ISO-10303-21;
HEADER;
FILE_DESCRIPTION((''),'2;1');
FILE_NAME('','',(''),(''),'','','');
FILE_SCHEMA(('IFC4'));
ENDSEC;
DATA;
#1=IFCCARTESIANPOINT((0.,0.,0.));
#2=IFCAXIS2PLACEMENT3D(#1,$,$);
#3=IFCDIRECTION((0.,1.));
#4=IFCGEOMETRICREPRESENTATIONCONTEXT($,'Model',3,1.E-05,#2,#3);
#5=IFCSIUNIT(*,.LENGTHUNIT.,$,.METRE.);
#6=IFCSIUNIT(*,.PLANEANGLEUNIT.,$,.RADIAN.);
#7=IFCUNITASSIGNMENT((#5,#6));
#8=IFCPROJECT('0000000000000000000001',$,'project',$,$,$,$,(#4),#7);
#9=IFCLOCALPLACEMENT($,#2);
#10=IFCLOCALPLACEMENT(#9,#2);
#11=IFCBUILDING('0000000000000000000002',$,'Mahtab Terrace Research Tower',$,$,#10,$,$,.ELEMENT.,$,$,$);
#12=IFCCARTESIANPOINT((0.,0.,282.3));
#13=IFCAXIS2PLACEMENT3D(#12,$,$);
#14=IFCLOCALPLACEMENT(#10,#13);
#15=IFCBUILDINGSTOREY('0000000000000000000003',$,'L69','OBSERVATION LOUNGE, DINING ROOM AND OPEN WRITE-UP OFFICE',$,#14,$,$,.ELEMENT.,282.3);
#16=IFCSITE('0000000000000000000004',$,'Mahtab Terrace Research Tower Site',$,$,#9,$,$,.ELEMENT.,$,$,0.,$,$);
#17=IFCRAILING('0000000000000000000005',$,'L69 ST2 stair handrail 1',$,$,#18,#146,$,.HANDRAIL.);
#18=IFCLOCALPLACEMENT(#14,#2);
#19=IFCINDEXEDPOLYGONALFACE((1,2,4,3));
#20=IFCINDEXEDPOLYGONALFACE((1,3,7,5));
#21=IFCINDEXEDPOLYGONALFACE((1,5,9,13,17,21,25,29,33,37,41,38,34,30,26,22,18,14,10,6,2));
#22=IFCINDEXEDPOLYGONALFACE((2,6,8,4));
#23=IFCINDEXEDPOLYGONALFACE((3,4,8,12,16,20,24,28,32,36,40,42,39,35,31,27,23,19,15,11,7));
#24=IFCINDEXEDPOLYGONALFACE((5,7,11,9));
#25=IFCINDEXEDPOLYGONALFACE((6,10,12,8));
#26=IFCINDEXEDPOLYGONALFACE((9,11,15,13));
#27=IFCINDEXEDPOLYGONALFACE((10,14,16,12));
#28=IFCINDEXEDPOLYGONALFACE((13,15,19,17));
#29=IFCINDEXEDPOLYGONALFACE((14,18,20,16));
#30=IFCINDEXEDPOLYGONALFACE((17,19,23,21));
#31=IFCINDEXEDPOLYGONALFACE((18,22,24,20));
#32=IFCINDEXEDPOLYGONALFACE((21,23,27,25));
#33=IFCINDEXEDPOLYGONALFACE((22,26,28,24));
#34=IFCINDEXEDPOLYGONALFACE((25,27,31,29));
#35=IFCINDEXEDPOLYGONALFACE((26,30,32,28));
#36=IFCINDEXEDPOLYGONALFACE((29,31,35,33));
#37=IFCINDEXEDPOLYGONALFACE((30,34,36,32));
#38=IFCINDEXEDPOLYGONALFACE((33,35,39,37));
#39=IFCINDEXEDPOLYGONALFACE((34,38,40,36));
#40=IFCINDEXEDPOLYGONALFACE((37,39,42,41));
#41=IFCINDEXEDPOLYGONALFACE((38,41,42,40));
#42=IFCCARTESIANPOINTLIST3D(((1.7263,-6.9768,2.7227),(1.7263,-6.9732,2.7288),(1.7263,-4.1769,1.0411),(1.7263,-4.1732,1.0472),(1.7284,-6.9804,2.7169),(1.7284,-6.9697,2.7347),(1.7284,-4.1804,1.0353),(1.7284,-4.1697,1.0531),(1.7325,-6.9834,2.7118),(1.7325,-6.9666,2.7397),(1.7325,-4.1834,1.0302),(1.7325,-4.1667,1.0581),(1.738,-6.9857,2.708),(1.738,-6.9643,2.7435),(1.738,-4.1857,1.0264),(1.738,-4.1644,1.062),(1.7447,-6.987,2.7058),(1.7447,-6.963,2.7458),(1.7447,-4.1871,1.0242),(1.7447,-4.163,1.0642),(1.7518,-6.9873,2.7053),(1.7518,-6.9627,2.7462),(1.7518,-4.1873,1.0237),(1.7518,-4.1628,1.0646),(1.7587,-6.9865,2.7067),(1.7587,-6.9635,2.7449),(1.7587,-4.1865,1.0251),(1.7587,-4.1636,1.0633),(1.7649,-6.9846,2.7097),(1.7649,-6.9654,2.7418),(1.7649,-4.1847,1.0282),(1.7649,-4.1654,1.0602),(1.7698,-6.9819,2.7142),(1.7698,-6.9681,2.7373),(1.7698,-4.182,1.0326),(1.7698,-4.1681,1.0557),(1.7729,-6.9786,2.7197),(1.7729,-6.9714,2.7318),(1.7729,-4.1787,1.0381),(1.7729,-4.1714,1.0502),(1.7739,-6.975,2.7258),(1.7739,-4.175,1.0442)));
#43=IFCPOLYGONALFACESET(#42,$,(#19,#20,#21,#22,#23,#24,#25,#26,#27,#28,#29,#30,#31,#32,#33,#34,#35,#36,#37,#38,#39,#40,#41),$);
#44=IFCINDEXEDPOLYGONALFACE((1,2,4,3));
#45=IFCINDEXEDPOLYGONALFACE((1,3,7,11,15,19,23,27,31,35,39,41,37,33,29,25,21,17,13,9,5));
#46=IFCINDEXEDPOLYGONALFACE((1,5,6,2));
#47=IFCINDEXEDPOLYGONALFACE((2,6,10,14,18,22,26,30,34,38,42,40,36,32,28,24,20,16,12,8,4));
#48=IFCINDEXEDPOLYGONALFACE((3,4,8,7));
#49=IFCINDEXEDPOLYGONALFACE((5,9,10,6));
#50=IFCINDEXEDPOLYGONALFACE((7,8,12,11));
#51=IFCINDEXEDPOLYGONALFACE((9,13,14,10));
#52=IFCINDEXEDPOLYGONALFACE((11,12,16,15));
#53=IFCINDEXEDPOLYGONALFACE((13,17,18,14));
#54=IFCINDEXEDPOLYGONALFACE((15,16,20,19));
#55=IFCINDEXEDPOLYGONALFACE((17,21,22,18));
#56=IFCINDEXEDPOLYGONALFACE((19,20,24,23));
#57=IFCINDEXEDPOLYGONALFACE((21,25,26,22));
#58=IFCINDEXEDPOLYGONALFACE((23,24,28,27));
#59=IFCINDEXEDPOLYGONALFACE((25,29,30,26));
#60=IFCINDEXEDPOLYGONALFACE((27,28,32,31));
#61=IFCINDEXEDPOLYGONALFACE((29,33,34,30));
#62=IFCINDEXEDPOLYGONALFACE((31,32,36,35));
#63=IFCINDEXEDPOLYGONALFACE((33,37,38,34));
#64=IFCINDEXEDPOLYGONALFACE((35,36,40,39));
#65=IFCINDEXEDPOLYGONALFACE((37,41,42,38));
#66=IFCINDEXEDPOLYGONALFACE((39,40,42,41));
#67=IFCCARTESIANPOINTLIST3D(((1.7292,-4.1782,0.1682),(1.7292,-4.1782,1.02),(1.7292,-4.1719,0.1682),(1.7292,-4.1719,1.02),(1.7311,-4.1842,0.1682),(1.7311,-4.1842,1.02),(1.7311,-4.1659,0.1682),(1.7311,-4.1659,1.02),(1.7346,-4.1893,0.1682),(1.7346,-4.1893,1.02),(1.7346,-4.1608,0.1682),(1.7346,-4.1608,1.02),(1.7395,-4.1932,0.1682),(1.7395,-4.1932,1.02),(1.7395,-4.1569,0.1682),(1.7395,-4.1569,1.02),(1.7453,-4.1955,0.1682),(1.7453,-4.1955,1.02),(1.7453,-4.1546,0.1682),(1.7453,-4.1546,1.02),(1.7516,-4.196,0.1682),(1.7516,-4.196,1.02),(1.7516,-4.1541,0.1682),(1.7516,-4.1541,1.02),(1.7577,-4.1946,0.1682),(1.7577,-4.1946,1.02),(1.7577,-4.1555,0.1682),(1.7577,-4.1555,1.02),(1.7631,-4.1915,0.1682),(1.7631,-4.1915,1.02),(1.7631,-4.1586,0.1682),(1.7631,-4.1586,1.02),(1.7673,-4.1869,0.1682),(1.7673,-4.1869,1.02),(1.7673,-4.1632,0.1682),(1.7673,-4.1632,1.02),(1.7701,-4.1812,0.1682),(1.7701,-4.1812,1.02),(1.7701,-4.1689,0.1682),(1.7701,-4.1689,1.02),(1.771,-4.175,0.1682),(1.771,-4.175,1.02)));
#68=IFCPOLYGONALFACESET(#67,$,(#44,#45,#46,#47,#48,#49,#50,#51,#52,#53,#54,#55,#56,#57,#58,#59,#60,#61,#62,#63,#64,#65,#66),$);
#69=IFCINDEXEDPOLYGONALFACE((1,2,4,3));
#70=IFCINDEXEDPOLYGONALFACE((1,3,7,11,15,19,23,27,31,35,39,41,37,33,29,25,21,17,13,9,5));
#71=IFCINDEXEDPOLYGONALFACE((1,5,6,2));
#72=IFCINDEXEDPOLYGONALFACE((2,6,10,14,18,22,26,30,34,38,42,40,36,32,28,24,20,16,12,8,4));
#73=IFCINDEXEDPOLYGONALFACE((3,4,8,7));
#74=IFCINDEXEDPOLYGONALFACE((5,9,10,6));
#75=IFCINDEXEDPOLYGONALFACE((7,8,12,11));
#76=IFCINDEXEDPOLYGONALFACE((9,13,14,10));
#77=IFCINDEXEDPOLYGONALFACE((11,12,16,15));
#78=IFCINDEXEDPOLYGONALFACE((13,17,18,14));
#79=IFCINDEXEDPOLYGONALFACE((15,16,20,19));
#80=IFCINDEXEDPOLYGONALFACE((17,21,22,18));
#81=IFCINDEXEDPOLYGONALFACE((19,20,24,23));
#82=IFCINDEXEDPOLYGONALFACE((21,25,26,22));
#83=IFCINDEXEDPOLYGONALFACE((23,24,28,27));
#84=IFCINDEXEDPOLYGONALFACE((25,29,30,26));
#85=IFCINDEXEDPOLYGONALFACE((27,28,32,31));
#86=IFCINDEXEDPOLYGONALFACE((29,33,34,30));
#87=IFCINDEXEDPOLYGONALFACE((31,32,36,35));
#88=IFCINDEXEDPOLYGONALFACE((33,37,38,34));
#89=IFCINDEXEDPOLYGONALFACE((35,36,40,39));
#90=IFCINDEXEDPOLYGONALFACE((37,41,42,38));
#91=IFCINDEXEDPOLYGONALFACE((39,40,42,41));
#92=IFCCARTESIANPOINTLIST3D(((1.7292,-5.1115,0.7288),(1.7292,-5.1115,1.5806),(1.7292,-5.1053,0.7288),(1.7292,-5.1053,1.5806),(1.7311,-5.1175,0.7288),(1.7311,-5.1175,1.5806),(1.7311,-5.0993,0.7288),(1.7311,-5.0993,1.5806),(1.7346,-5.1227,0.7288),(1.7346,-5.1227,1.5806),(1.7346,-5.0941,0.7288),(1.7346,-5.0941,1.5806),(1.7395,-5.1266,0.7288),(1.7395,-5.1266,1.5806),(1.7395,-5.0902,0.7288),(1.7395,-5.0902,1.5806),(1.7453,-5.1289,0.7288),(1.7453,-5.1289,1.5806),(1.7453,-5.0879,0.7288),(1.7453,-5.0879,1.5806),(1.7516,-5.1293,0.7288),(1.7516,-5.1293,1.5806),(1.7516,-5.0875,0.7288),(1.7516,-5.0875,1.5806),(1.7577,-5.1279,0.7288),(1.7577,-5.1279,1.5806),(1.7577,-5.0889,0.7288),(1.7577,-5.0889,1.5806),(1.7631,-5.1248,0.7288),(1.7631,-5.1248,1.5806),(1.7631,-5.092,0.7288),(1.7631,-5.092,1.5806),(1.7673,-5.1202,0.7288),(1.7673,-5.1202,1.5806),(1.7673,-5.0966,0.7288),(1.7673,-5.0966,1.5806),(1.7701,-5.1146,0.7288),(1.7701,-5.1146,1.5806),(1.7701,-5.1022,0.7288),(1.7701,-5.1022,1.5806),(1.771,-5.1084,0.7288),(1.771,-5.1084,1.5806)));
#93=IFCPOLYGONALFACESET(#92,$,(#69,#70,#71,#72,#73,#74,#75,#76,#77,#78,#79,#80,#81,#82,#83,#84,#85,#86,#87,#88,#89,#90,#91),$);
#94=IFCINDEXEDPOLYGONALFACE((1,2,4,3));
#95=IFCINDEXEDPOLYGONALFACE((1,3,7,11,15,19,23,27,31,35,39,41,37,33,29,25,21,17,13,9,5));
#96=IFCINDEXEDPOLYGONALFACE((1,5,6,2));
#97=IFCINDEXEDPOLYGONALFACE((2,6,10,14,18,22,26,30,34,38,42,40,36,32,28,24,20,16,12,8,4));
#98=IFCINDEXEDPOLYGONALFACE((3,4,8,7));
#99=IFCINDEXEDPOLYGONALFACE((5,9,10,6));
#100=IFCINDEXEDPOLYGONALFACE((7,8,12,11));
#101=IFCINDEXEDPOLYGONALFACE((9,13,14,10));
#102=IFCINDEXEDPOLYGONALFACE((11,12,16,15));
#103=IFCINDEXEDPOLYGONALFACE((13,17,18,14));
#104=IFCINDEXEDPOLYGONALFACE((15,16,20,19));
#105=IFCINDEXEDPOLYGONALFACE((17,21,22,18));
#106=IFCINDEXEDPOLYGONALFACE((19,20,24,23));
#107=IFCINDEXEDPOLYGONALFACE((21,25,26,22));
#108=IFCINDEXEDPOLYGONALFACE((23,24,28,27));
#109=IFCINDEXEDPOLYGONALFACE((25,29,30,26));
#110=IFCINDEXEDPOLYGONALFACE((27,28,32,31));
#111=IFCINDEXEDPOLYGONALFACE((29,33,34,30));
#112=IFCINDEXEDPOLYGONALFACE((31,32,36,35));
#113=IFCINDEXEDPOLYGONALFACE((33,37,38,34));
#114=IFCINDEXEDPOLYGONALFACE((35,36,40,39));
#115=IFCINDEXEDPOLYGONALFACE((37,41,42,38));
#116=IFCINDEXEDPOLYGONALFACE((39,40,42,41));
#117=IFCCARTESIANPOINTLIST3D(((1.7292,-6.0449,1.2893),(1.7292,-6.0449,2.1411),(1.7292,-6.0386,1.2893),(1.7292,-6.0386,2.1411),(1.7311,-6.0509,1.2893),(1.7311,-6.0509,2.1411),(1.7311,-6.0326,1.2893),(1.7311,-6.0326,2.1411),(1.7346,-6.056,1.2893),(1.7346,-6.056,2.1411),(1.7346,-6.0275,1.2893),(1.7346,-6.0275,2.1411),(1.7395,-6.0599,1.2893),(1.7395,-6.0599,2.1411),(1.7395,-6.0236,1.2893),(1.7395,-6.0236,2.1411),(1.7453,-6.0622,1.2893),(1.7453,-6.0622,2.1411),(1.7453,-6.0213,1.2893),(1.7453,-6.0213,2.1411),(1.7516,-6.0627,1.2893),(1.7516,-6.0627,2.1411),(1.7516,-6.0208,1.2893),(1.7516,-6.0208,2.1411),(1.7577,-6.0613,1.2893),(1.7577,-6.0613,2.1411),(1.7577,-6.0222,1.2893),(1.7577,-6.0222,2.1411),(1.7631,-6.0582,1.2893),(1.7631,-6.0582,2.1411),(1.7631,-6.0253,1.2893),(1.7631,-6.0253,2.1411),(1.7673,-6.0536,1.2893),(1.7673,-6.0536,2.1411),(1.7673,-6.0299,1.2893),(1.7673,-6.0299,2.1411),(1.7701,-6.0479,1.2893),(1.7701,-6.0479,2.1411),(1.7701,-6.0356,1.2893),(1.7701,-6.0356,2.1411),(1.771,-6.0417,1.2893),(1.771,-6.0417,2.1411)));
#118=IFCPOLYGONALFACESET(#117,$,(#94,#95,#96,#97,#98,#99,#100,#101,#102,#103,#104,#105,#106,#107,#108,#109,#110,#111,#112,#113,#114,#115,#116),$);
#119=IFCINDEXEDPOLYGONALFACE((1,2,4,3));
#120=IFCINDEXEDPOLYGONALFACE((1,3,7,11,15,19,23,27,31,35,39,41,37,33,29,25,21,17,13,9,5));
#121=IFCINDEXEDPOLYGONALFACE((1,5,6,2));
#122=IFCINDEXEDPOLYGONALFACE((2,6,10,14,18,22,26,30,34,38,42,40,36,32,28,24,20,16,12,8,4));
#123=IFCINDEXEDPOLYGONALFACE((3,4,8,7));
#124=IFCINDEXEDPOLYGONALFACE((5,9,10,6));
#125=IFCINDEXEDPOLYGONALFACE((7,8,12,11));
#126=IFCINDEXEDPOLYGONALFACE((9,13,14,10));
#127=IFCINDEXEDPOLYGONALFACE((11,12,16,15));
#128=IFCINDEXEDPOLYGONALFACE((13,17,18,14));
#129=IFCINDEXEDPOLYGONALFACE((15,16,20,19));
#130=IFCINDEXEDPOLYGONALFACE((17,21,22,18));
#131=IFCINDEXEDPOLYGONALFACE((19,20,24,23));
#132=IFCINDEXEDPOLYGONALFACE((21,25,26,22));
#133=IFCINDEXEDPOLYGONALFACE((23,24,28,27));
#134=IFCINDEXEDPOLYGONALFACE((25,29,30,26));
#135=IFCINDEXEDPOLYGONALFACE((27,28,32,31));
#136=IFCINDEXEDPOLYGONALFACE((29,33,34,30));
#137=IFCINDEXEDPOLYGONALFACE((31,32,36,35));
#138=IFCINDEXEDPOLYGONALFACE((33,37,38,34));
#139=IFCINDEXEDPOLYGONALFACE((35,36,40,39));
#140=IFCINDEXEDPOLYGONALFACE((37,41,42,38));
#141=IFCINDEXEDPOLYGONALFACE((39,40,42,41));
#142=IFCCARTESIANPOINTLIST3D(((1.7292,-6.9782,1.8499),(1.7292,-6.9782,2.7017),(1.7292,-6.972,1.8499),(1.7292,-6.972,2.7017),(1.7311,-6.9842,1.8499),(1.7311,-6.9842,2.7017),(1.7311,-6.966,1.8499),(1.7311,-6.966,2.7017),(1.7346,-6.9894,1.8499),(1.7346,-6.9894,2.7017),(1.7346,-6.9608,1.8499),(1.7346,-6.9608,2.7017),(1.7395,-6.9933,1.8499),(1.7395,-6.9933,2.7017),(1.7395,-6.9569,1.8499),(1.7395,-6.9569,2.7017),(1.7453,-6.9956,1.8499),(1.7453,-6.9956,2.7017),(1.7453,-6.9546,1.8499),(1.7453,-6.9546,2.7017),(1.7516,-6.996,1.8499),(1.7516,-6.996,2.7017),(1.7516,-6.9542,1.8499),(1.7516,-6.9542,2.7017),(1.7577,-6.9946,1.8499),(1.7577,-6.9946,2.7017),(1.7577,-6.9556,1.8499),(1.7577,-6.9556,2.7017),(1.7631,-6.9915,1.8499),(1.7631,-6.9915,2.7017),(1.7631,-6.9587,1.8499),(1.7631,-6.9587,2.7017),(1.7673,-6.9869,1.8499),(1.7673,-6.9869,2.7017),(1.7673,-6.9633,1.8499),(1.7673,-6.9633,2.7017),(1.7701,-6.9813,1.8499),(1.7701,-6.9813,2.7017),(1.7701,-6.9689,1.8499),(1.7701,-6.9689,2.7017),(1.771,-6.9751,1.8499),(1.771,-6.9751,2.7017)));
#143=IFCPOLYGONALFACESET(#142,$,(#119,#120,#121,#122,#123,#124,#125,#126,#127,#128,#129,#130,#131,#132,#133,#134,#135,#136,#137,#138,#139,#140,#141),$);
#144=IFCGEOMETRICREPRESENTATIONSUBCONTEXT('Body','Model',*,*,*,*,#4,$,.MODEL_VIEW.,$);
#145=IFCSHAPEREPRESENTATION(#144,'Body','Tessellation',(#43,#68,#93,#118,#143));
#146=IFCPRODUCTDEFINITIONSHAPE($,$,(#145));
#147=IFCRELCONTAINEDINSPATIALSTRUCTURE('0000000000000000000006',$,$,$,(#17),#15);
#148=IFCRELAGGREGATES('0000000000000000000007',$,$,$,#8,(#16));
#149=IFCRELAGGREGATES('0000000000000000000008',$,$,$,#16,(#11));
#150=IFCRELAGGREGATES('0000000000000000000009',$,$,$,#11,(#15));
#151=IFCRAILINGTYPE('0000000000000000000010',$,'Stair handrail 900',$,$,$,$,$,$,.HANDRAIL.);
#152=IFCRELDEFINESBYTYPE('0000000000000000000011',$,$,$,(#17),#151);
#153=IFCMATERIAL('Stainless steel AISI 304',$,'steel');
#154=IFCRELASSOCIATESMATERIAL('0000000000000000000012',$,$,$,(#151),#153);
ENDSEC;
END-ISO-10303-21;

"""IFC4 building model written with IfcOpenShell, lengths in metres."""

from ifc_helpers import new_model, si_unit, direction, frame, origin, origin_2d, place, context, subcontext, project, spatial, circle, extrude, material, type_object, element, save


model = new_model("IFC4")

# Units and contexts
model_context = context("Model", 3, precision=1e-05, world=origin(), true_north=direction((0.0, 1.0)))
body_context = subcontext(model_context, "Body", "Model", "MODEL_VIEW")
ifc_project = project(units=[si_unit("LENGTHUNIT", "METRE"), si_unit("PLANEANGLEUNIT", "RADIAN")], contexts=[model_context])

# Site, building, storey
site_placement = place(None, origin())
site = spatial("IfcSite", under=ifc_project, at=site_placement, Name="Mahtab Terrace Research Tower Site", CompositionType="ELEMENT", RefElevation=0.0)
building_placement = place(site_placement, origin())
building = spatial("IfcBuilding", under=site, at=building_placement, Name="Mahtab Terrace Research Tower", CompositionType="ELEMENT")
storey_placement = place(building_placement, frame((0.0, 0.0, 282.3)))
storey = spatial("IfcBuildingStorey", under=building, at=storey_placement, Name="L69", Description="OBSERVATION LOUNGE, DINING ROOM AND OPEN WRITE-UP OFFICE", CompositionType="ELEMENT", Elevation=282.3)

# Railing
ifc_material_1 = material(Name="Stainless steel AISI 304", Category="steel")
railing_type_1 = type_object("IfcRailingType", Name="Stair handrail 900", PredefinedType="HANDRAIL", material=ifc_material_1)
railing_1_placement = place(storey_placement, frame((1.75, -4.175, 0.1682)))
element("IfcRailing", 1, at=railing_1_placement, inside=storey, type_object=railing_type_1, Name="L69 ST2 stair handrail 1", PredefinedType="HANDRAIL", context=body_context, shape_type="SweptSolid", body=[
    extrude(circle(Radius=0.0239, at=origin_2d()), frame((0.0, 0.0, 0.876), z_axis=(0.0, -0.857275, 0.514858), x_axis=(1.0, 0.0, 0.0)), (0.0, 0.0, 1.0), 3.2661),
    extrude(circle(Radius=0.021, at=origin_2d()), origin(), (0.0, 0.0, 1.0), 0.8518),
    extrude(circle(Radius=0.021, at=origin_2d()), frame((0.0, -0.9333, 0.5605)), (0.0, 0.0, 1.0), 0.8518),
    extrude(circle(Radius=0.021, at=origin_2d()), frame((0.0, -1.8667, 1.1211)), (0.0, 0.0, 1.0), 0.8518),
    extrude(circle(Radius=0.021, at=origin_2d()), frame((0.0, -2.8, 1.6816)), (0.0, 0.0, 1.0), 0.8518),
])

save(model, "model.ifc")
